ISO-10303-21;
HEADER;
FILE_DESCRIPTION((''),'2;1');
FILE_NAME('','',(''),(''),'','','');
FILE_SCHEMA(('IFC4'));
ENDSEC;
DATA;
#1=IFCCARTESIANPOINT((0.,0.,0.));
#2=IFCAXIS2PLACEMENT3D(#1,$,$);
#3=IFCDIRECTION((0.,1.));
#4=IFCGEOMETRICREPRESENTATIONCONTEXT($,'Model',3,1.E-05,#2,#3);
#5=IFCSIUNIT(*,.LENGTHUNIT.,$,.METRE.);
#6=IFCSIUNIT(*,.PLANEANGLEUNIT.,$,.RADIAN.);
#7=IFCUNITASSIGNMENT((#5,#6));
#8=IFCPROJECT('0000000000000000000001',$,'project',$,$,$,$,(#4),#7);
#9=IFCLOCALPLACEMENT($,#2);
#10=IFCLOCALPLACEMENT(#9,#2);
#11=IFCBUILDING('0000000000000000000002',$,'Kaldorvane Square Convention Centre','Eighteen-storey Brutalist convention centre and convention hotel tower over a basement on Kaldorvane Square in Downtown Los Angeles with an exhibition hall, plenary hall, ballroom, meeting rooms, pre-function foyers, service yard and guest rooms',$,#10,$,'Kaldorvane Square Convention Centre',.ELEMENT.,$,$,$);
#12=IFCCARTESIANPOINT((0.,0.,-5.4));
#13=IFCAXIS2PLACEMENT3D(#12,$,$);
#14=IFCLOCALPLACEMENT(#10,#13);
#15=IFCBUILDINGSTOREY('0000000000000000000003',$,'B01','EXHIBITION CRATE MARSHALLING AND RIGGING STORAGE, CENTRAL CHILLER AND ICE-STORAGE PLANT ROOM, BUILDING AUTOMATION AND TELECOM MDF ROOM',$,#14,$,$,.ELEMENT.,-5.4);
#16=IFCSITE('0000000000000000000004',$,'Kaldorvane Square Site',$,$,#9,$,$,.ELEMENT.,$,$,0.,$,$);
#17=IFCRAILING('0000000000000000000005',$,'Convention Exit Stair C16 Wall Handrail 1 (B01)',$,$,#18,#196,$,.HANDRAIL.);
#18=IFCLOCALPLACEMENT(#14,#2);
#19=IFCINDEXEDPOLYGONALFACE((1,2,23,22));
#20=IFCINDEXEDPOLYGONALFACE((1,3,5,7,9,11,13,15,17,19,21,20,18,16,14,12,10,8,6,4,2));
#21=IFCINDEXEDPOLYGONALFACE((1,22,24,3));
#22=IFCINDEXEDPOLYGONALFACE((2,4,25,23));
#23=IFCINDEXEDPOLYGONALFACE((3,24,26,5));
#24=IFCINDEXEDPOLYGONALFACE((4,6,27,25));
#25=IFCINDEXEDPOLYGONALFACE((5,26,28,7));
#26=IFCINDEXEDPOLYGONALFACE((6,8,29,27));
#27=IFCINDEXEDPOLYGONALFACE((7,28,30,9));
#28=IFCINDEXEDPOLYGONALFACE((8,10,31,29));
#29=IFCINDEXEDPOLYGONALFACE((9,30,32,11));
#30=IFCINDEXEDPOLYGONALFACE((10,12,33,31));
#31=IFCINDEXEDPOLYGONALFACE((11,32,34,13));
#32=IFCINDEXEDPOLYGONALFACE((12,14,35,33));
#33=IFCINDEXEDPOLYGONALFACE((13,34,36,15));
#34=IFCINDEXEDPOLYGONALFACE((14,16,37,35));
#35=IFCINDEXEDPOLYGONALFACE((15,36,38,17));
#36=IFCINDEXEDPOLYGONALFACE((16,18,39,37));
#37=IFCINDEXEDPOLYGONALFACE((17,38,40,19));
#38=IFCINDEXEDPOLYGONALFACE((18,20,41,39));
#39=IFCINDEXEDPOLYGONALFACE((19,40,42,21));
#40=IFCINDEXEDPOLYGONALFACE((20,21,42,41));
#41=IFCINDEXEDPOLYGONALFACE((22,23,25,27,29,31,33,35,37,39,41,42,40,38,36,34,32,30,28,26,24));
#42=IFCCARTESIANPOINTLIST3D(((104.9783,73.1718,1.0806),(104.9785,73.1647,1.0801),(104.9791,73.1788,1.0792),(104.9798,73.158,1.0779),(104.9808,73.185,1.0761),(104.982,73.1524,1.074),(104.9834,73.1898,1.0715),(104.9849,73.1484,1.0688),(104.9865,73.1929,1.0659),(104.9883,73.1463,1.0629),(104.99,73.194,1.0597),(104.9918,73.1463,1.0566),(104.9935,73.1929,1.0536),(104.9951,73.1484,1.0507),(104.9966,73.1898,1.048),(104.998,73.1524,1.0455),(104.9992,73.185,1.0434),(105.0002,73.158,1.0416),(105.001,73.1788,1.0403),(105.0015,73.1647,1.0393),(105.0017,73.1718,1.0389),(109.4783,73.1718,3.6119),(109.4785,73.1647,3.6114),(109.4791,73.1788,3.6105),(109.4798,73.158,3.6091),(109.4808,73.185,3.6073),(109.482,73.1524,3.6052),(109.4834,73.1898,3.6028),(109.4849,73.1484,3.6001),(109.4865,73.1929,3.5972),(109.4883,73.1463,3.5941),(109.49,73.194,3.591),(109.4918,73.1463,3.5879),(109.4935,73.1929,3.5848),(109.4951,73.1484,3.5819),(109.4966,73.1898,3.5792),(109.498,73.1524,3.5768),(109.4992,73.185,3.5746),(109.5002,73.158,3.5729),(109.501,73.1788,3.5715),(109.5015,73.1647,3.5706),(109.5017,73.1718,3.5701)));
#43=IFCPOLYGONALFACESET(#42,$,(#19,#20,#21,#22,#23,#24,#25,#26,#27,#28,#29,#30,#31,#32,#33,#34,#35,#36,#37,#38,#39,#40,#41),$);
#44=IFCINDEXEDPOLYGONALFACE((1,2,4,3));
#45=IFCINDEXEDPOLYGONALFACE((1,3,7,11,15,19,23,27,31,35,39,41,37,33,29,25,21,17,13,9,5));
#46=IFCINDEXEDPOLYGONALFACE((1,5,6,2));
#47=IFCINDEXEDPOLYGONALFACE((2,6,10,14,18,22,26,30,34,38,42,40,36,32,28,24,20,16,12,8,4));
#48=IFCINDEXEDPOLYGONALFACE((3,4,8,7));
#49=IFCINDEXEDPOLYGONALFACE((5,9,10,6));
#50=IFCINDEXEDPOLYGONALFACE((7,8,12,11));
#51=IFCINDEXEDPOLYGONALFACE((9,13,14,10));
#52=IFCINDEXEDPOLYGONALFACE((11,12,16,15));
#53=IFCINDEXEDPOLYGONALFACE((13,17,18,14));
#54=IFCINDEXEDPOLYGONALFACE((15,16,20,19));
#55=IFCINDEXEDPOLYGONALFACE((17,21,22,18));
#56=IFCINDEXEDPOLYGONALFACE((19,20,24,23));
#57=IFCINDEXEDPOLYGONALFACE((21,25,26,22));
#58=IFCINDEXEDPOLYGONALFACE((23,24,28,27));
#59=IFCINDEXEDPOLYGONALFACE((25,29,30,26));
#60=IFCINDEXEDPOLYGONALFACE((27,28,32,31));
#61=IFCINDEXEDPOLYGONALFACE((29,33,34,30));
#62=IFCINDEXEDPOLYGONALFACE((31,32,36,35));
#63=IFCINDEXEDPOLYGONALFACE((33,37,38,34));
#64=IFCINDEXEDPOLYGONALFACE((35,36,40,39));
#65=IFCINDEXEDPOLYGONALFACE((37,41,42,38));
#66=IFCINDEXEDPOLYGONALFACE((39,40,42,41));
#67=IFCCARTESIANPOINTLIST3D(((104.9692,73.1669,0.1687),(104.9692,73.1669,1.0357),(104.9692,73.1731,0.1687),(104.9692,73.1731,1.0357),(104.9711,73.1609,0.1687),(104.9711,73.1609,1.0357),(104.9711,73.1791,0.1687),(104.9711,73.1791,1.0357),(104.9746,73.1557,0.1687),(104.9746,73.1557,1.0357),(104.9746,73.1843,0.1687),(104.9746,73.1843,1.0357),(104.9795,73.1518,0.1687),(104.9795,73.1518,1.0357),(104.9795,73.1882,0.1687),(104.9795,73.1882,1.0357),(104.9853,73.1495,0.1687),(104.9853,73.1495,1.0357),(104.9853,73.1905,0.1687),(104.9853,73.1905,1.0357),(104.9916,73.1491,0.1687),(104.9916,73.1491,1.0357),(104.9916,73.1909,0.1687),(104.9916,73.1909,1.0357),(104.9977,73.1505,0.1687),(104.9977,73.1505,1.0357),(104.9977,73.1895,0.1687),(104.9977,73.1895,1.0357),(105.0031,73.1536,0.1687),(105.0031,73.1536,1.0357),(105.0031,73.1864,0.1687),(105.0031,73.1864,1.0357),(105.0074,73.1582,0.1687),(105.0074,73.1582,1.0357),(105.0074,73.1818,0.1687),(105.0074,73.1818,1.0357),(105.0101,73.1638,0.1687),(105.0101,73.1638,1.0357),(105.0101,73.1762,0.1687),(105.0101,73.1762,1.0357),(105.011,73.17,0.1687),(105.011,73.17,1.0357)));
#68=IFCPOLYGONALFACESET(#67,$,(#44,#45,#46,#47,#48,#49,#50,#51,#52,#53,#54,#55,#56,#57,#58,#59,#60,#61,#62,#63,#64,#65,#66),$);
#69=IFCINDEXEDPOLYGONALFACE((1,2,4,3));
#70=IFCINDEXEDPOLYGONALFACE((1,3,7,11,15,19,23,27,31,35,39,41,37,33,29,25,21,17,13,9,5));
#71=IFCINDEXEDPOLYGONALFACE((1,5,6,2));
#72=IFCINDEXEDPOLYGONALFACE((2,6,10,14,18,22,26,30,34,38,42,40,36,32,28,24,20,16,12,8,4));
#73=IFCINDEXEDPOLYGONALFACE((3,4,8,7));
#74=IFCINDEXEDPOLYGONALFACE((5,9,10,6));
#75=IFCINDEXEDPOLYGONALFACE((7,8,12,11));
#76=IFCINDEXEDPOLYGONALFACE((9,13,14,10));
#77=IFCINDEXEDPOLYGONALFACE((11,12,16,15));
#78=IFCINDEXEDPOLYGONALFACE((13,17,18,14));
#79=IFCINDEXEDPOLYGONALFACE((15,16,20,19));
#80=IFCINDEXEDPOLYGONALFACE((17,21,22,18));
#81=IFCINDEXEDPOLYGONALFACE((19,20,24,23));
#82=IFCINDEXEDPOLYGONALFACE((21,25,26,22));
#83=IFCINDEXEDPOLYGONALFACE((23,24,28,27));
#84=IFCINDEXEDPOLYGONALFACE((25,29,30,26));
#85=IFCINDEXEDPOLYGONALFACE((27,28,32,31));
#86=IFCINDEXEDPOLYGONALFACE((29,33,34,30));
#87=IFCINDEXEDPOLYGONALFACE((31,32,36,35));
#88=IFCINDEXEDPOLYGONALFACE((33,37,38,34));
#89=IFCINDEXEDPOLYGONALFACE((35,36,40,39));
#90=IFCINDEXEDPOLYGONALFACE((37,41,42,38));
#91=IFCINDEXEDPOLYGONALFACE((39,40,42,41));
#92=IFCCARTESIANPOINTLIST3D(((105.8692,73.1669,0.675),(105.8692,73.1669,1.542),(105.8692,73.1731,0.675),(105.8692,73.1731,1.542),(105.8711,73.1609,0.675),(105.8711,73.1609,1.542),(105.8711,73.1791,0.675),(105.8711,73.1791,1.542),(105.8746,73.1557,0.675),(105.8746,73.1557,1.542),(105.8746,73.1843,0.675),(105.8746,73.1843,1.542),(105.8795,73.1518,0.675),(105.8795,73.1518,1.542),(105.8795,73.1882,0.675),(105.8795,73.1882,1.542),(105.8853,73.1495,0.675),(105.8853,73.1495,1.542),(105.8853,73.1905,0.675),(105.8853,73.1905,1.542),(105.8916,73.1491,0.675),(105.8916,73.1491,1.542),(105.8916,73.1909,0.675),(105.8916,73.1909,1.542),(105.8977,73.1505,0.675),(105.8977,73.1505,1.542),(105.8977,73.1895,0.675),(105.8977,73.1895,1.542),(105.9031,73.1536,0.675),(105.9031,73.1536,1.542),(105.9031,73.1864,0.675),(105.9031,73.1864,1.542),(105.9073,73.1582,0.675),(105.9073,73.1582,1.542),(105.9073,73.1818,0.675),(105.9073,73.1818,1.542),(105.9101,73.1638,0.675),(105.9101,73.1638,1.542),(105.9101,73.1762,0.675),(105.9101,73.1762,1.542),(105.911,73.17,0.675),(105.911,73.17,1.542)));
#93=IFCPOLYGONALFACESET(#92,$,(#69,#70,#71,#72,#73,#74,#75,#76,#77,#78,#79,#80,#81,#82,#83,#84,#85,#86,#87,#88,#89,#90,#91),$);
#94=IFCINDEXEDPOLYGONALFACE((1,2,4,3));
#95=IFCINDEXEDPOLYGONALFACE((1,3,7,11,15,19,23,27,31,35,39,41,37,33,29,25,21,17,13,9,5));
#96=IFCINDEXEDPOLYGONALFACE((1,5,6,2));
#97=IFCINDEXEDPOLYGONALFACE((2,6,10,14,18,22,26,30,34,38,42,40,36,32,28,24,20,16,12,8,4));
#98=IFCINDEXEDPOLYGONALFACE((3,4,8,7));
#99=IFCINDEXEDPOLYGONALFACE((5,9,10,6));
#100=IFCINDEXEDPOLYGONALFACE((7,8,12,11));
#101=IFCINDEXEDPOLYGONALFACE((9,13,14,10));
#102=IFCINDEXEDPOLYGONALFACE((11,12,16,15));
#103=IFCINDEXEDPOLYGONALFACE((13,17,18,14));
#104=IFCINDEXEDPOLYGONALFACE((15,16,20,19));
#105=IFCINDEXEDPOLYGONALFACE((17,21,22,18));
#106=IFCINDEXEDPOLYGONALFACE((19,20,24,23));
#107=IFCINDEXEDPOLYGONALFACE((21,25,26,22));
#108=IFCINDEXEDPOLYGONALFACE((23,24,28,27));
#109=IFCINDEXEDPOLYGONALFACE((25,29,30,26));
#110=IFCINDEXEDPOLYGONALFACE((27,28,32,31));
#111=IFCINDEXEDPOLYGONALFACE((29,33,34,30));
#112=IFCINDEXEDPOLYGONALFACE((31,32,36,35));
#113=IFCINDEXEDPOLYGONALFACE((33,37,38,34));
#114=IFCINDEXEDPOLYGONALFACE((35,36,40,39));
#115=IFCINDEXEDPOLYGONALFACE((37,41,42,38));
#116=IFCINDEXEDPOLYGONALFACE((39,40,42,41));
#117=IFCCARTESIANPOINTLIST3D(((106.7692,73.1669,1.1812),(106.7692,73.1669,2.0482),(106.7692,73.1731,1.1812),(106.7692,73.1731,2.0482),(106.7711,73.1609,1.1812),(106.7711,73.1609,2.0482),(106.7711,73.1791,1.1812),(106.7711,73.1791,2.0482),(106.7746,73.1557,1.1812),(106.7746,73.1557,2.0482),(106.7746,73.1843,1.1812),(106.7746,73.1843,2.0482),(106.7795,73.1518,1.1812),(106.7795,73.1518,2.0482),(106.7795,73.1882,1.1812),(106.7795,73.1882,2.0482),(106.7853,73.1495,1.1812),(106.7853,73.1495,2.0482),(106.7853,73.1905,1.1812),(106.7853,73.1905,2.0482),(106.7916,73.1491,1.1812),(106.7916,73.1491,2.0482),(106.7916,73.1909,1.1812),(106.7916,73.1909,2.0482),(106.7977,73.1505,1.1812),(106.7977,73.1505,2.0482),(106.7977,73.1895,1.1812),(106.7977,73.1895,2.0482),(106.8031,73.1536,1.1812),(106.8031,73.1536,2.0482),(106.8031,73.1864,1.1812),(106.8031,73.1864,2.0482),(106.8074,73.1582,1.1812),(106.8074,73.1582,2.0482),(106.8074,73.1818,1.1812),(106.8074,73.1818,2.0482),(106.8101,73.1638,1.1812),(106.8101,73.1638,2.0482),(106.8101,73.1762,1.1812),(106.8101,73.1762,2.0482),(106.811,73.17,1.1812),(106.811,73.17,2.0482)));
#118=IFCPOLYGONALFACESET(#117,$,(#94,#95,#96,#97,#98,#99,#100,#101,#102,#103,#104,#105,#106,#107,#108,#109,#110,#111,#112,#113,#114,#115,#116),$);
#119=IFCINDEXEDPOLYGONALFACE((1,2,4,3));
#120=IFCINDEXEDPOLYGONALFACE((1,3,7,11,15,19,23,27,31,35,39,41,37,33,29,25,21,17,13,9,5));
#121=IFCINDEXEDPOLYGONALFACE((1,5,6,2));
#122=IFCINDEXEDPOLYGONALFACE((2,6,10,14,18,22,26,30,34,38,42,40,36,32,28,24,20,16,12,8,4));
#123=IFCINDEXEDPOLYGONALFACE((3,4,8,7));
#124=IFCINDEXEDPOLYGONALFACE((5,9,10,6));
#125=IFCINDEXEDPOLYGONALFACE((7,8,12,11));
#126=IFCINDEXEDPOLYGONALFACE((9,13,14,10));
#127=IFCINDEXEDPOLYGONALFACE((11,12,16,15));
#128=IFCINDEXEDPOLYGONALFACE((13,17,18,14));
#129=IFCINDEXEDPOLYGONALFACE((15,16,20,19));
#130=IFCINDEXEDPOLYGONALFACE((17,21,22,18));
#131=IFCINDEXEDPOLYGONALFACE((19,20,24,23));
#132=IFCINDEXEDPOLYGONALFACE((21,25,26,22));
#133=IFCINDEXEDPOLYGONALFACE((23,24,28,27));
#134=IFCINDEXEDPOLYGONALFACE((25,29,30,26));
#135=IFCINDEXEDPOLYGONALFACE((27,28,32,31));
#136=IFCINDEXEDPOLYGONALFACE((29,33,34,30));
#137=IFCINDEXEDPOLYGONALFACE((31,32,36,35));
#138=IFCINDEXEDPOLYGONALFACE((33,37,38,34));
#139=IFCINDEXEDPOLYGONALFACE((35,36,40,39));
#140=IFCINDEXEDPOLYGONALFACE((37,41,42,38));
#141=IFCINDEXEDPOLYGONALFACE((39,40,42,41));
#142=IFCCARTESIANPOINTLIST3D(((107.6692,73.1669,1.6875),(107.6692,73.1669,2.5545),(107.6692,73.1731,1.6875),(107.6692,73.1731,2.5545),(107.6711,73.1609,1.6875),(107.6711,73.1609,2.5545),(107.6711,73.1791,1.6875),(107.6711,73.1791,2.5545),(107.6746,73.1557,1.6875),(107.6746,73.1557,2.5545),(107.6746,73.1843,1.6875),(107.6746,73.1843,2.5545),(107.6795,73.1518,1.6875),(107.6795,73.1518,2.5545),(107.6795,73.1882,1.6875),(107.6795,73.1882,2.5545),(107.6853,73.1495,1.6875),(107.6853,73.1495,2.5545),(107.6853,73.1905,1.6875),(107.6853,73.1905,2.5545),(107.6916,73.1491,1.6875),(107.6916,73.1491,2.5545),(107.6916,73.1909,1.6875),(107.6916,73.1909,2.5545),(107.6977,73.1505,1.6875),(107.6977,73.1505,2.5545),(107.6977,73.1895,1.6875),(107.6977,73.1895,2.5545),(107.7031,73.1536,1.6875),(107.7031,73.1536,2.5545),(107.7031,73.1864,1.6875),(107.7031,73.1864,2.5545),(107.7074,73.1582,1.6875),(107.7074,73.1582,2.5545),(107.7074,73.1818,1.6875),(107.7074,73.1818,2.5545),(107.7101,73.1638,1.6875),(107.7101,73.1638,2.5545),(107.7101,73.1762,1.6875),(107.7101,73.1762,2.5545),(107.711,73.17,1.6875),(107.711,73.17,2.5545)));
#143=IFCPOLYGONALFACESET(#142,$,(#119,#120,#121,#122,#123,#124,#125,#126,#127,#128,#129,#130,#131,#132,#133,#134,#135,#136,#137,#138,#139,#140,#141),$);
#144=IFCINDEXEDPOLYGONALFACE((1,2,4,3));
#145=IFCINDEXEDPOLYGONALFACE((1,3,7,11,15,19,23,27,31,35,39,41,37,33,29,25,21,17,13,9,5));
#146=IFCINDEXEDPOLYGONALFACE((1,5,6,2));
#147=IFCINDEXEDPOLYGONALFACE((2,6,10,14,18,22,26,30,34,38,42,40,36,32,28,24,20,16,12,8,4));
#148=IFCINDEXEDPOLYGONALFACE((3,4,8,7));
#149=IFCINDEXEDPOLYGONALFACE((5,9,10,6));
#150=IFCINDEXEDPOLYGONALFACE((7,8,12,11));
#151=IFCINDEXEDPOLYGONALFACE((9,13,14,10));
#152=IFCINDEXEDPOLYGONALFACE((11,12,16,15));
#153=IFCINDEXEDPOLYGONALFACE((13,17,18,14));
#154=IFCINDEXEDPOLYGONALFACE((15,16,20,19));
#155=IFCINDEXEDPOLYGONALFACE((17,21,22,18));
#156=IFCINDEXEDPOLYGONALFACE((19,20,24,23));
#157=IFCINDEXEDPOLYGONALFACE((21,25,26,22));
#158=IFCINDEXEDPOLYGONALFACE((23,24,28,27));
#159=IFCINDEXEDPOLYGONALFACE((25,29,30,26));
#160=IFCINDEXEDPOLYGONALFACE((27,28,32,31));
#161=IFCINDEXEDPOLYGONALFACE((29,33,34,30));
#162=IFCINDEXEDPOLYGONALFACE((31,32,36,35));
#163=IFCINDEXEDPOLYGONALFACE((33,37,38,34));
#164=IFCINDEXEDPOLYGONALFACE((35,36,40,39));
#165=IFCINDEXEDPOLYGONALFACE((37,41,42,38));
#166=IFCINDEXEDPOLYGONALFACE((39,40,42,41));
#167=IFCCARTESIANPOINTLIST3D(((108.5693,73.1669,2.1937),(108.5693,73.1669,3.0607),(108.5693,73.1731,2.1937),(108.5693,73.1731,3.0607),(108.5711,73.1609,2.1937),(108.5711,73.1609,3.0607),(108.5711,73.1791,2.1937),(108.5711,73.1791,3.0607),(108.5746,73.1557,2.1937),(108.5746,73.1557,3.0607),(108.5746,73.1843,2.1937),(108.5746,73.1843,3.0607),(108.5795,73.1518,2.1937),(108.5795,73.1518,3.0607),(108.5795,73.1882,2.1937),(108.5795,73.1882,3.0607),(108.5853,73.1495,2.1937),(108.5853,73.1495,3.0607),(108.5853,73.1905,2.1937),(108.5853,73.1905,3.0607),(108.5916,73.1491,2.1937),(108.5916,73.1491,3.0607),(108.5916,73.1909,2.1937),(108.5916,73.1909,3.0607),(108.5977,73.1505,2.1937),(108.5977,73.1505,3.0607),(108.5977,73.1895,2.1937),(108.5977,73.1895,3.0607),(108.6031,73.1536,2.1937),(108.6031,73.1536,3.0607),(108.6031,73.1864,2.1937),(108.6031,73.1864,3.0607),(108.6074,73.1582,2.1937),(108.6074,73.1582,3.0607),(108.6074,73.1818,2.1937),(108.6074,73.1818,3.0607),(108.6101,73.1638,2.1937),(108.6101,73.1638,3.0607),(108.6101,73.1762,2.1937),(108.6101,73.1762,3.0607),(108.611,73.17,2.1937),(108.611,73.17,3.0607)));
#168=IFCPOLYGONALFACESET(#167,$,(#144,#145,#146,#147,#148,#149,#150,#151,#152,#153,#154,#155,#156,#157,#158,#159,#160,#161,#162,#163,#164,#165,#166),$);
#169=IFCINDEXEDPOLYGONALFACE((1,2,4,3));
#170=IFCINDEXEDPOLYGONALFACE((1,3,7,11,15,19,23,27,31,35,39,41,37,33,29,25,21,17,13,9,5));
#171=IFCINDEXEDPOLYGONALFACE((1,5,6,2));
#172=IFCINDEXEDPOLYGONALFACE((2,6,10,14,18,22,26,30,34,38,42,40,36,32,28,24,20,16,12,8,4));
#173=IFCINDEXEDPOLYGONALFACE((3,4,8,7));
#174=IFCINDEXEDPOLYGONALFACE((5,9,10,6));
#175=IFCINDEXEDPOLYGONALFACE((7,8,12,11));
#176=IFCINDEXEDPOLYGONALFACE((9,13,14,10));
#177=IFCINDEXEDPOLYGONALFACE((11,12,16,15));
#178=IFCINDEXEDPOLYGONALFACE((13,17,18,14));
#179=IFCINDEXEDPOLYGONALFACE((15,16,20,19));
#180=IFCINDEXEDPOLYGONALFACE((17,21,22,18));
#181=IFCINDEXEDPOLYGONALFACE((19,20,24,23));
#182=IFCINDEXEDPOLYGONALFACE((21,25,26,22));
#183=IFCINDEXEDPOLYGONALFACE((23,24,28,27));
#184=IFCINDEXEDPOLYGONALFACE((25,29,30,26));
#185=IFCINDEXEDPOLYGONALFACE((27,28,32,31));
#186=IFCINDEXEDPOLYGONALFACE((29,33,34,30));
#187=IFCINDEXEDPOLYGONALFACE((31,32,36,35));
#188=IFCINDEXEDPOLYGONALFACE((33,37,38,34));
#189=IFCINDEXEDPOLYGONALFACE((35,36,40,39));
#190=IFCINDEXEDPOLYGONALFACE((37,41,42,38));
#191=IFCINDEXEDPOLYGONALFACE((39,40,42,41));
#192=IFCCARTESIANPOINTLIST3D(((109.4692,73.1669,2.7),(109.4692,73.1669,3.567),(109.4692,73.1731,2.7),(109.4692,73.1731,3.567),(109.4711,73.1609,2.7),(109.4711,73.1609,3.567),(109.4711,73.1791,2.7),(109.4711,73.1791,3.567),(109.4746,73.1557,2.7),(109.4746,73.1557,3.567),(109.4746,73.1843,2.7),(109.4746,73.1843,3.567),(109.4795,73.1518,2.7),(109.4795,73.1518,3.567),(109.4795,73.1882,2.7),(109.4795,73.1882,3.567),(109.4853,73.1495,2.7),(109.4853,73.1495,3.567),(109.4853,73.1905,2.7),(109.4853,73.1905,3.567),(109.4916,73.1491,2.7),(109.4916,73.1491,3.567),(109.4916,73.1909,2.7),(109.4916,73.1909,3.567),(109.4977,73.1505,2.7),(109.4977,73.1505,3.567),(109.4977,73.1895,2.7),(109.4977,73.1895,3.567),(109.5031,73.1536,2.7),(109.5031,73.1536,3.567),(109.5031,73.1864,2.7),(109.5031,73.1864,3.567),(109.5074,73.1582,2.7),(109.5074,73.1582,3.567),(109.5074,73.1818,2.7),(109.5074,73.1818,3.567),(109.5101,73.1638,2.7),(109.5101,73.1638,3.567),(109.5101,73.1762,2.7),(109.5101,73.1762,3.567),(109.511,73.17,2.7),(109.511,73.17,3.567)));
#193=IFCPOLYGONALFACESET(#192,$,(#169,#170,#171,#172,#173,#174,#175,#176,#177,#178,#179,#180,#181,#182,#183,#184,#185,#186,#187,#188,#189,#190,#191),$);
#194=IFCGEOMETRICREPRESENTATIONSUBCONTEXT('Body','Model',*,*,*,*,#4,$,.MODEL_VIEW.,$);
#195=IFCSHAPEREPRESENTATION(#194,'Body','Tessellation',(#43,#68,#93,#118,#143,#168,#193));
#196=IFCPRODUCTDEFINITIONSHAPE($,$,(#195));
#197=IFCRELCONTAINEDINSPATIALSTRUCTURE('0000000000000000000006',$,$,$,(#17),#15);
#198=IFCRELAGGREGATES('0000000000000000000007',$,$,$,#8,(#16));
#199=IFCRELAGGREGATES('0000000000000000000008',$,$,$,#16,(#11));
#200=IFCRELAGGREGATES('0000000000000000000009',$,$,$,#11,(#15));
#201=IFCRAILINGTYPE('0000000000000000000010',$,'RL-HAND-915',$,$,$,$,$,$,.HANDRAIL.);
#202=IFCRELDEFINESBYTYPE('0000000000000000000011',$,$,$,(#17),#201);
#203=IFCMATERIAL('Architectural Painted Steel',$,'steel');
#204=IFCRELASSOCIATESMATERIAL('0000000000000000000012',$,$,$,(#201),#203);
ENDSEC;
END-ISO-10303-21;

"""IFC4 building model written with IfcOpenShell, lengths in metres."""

from ifc_helpers import new_model, si_unit, direction, frame, origin, origin_2d, place, context, subcontext, project, spatial, circle, extrude, material, type_object, element, save


model = new_model("IFC4")

# Units and contexts
model_context = context("Model", 3, precision=1e-05, world=origin(), true_north=direction((0.0, 1.0)))
body_context = subcontext(model_context, "Body", "Model", "MODEL_VIEW")
ifc_project = project(units=[si_unit("LENGTHUNIT", "METRE"), si_unit("PLANEANGLEUNIT", "RADIAN")], contexts=[model_context])

# Site, building, storey
site_placement = place(None, origin())
site = spatial("IfcSite", under=ifc_project, at=site_placement, Name="Kaldorvane Square Site", CompositionType="ELEMENT", RefElevation=0.0)
building_placement = place(site_placement, origin())
building = spatial("IfcBuilding", under=site, at=building_placement, Name="Kaldorvane Square Convention Centre", Description="Eighteen-storey Brutalist convention centre and convention hotel tower over a basement on Kaldorvane Square in Downtown Los Angeles with an exhibition hall, plenary hall, ballroom, meeting rooms, pre-function foyers, service yard and guest rooms", LongName="Kaldorvane Square Convention Centre", CompositionType="ELEMENT")
storey_placement = place(building_placement, frame((0.0, 0.0, -5.4)))
storey = spatial("IfcBuildingStorey", under=building, at=storey_placement, Name="B01", Description="EXHIBITION CRATE MARSHALLING AND RIGGING STORAGE, CENTRAL CHILLER AND ICE-STORAGE PLANT ROOM, BUILDING AUTOMATION AND TELECOM MDF ROOM", CompositionType="ELEMENT", Elevation=-5.4)

# Railing
ifc_material_1 = material(Name="Architectural Painted Steel", Category="steel")
railing_type_1 = type_object("IfcRailingType", Name="RL-HAND-915", PredefinedType="HANDRAIL", material=ifc_material_1)
railing_1_placement = place(storey_placement, frame((104.99, 73.17, 0.1687)))
element("IfcRailing", 1, at=railing_1_placement, inside=storey, type_object=railing_type_1, Name="Convention Exit Stair C16 Wall Handrail 1 (B01)", PredefinedType="HANDRAIL", context=body_context, shape_type="SweptSolid", body=[
    extrude(circle(Radius=0.024, at=origin_2d()), frame((0.0, 0.0, 0.891), z_axis=(0.871576, 0.0, 0.490261), x_axis=(0.0, 1.0, 0.0)), (0.0, 0.0, 1.0), 5.1631),
    extrude(circle(Radius=0.021, at=origin_2d()), origin(), (0.0, 0.0, 1.0), 0.867),
    extrude(circle(Radius=0.021, at=origin_2d()), frame((0.9, 0.0, 0.5063)), (0.0, 0.0, 1.0), 0.867),
    extrude(circle(Radius=0.021, at=origin_2d()), frame((1.8, 0.0, 1.0125)), (0.0, 0.0, 1.0), 0.867),
    extrude(circle(Radius=0.021, at=origin_2d()), frame((2.7, 0.0, 1.5188)), (0.0, 0.0, 1.0), 0.867),
    extrude(circle(Radius=0.021, at=origin_2d()), frame((3.6, 0.0, 2.025)), (0.0, 0.0, 1.0), 0.867),
    extrude(circle(Radius=0.021, at=origin_2d()), frame((4.5, 0.0, 2.5312)), (0.0, 0.0, 1.0), 0.867),
])

save(model, "model.ifc")
